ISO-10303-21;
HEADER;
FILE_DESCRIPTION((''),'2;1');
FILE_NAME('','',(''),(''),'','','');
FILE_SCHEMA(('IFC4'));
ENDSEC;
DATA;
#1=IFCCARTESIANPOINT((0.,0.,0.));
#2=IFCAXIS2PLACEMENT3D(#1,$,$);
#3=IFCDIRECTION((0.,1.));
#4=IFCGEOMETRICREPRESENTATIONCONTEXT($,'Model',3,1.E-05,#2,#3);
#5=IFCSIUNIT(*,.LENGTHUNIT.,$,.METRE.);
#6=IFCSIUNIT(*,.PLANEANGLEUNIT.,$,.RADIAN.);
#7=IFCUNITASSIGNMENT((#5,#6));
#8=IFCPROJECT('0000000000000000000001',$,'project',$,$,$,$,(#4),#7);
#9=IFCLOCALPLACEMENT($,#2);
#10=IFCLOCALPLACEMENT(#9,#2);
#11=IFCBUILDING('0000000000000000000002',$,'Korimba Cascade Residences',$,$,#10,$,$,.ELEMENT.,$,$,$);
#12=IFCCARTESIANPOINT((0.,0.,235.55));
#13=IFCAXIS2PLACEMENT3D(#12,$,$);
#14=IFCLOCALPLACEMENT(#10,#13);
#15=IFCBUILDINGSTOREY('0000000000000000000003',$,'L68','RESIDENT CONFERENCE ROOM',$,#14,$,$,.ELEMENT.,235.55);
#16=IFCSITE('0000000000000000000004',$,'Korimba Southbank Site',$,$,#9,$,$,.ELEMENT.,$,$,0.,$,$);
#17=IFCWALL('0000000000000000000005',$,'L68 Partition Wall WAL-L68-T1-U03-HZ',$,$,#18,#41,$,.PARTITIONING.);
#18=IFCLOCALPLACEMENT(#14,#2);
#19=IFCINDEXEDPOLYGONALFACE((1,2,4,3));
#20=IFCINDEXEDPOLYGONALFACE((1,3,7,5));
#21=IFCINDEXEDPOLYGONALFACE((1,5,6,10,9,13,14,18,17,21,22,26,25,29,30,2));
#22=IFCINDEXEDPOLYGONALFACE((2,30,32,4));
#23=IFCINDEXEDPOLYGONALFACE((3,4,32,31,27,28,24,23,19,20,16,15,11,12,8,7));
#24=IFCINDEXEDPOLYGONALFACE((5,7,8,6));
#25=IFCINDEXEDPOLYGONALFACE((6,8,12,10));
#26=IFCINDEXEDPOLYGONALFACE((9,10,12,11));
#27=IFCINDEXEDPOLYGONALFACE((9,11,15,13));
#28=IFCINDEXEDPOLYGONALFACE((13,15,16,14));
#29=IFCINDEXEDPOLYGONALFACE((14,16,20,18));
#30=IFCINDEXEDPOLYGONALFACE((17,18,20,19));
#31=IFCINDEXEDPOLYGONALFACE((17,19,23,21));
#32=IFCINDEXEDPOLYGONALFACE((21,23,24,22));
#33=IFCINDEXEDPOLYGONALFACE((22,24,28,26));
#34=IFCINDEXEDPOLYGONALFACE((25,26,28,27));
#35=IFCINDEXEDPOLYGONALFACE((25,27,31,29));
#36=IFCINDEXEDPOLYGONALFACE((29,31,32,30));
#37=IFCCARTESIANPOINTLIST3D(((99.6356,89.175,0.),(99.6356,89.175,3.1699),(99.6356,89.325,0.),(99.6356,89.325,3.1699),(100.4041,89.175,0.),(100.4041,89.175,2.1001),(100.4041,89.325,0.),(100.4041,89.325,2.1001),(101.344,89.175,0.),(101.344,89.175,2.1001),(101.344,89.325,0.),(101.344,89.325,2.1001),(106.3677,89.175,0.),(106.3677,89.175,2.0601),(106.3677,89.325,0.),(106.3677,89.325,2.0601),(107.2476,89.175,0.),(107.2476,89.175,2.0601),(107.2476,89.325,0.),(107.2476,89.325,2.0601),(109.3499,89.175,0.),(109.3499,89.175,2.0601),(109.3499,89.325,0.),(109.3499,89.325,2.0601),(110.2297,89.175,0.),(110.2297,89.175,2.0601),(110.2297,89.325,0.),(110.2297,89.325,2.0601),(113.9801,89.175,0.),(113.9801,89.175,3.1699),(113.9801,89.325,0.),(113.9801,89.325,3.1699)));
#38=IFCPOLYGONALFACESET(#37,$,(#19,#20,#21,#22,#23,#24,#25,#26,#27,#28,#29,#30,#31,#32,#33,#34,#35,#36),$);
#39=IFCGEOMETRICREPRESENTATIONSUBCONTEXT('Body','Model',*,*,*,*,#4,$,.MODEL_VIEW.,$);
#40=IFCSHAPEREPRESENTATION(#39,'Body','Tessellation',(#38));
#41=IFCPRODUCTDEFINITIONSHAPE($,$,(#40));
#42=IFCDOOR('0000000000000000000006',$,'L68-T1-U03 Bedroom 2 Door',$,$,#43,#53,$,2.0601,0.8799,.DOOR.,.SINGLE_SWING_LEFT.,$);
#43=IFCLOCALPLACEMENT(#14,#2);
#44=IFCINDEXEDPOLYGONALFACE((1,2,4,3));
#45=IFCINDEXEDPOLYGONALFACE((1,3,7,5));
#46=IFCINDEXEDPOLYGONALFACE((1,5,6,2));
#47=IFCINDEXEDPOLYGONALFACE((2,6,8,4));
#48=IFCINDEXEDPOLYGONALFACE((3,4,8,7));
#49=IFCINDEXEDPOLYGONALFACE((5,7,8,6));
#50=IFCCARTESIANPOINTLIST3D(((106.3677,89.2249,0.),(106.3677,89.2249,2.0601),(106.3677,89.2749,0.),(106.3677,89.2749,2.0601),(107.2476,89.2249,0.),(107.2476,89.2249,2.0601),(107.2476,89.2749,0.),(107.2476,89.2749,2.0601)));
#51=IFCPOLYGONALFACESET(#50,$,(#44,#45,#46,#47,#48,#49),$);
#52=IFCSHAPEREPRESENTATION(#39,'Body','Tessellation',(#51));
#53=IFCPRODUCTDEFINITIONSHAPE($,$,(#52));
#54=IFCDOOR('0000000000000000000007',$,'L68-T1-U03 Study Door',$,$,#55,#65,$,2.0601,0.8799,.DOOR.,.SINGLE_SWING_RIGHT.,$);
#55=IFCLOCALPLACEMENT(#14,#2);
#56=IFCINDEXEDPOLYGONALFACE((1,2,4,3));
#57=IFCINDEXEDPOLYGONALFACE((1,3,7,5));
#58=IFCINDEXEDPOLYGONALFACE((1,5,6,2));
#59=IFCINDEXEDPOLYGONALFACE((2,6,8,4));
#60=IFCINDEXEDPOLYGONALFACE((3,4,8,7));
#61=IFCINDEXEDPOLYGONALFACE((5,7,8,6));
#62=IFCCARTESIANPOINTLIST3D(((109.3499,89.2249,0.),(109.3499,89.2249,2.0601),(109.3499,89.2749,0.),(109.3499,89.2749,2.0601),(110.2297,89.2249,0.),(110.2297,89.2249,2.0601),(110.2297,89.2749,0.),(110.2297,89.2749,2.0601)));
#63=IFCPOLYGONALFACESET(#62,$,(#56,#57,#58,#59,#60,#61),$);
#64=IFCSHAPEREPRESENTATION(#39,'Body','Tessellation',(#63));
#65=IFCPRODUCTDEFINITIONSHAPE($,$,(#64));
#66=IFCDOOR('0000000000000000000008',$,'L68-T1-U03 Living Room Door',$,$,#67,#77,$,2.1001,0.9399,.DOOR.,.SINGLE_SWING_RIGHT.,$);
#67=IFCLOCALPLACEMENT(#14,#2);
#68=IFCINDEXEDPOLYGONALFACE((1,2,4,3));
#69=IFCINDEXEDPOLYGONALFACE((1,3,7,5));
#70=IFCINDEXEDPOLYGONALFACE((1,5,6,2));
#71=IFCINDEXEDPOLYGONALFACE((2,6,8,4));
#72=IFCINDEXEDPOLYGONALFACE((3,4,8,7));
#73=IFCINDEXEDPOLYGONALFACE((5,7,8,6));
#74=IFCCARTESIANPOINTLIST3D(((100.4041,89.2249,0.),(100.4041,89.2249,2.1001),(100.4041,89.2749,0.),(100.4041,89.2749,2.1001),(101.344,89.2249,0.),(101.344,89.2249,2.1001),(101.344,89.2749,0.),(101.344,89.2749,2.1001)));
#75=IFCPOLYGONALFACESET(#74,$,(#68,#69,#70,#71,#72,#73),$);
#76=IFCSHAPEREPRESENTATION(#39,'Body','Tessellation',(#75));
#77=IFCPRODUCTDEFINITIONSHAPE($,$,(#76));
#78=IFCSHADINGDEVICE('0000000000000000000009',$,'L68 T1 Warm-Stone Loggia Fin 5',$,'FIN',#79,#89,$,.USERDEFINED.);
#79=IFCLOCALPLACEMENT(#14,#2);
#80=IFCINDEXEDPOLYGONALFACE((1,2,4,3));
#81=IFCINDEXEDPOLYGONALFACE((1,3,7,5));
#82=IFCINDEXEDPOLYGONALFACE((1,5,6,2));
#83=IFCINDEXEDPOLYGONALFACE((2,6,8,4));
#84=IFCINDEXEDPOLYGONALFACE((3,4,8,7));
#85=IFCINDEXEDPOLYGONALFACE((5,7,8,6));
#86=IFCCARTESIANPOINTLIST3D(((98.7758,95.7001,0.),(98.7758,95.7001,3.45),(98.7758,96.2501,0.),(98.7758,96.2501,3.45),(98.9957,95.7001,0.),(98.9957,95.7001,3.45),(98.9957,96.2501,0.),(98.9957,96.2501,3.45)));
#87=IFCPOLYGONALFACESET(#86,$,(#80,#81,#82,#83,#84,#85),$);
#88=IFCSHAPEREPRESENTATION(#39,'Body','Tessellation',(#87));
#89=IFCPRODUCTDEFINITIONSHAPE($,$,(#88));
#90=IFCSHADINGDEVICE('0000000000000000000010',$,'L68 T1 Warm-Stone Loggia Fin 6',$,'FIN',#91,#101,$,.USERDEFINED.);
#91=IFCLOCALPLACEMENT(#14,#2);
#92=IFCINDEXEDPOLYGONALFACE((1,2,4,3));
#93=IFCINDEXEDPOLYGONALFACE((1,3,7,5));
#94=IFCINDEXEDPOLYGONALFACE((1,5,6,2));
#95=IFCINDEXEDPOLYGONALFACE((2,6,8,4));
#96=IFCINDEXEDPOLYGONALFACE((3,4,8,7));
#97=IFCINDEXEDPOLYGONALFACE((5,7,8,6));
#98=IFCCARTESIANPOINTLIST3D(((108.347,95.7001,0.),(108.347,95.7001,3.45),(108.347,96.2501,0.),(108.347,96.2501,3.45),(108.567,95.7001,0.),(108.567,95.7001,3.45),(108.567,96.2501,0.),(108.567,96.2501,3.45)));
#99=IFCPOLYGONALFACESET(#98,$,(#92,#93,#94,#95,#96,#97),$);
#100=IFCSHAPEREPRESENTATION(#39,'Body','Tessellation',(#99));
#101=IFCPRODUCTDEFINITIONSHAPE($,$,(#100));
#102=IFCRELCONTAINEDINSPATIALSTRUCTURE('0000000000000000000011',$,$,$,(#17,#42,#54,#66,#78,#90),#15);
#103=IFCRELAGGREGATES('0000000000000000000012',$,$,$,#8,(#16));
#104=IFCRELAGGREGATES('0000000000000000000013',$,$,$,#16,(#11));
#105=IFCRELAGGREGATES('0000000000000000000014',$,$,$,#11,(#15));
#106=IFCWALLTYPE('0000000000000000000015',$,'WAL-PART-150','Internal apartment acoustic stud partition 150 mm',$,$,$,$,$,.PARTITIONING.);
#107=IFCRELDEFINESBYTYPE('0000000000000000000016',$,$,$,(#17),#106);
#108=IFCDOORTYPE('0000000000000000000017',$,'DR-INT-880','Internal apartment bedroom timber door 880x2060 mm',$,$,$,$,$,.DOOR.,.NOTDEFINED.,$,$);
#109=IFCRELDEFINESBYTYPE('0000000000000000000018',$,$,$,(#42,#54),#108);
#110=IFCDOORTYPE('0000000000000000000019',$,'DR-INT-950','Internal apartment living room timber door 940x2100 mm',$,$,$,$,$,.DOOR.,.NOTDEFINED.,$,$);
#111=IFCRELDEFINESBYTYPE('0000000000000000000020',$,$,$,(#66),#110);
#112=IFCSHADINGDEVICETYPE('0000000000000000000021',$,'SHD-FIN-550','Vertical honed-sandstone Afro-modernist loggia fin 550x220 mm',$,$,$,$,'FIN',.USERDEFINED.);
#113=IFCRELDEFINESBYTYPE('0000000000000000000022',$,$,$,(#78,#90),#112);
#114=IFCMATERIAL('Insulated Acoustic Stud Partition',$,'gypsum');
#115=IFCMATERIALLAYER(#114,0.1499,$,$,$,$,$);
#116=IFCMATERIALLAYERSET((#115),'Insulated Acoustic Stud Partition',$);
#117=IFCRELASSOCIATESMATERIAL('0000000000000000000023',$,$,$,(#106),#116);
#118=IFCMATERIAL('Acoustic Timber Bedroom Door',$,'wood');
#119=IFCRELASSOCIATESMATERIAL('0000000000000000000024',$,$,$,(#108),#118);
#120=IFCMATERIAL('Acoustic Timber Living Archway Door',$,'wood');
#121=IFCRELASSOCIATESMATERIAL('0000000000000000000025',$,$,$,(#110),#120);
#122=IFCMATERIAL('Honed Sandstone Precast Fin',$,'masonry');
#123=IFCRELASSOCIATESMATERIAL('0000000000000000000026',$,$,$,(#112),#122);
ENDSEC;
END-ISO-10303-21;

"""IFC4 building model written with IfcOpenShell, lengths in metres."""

from ifc_helpers import new_model, si_unit, direction, frame, frame_2d, origin, origin_2d, place, context, subcontext, project, spatial, rectangle, extrude, material, layer, layer_set, type_object, element, fill, save


model = new_model("IFC4")

# Units and contexts
model_context = context("Model", 3, precision=1e-05, world=origin(), true_north=direction((0.0, 1.0)))
body_context = subcontext(model_context, "Body", "Model", "MODEL_VIEW")
ifc_project = project(units=[si_unit("LENGTHUNIT", "METRE"), si_unit("PLANEANGLEUNIT", "RADIAN")], contexts=[model_context])

# Site, building, storey
site_placement = place(None, origin())
site = spatial("IfcSite", under=ifc_project, at=site_placement, Name="Korimba Southbank Site", CompositionType="ELEMENT", RefElevation=0.0)
building_placement = place(site_placement, origin())
building = spatial("IfcBuilding", under=site, at=building_placement, Name="Korimba Cascade Residences", CompositionType="ELEMENT")
storey_placement = place(building_placement, frame((0.0, 0.0, 235.55)))
storey = spatial("IfcBuildingStorey", under=building, at=storey_placement, Name="L68", Description="RESIDENT CONFERENCE ROOM", CompositionType="ELEMENT", Elevation=235.55)

# Shared definitions
ifc_material_1 = material(Name="Insulated Acoustic Stud Partition", Category="gypsum")
ifc_layer = layer(ifc_material_1, 0.1499)
ifc_layer_set = layer_set([ifc_layer], Name="Insulated Acoustic Stud Partition")
wall_type = type_object("IfcWallType", Name="WAL-PART-150", Description="Internal apartment acoustic stud partition 150 mm", PredefinedType="PARTITIONING", material=ifc_layer_set)

# Wall, openings, doors
wall_1_placement = place(storey_placement, frame((99.6355, 89.25, 0.0), z_axis=(0.0, 0.0, 1.0), x_axis=(1.0, 0.0, 0.0)))
wall_1 = element("IfcWall", 1, at=wall_1_placement, inside=storey, type_object=wall_type, Name="L68 Partition Wall WAL-L68-T1-U03-HZ", PredefinedType="PARTITIONING", context=body_context, shape_type="SweptSolid", body=[
    extrude(rectangle(XDim=14.3445, YDim=0.1499, at=frame_2d((7.1724, 0.0))), origin(), (0.0, 0.0, 1.0), 3.1699),
])
opening_1_placement = place(wall_1_placement, frame((0.7686, 0.0, 0.0)))
opening_1 = element("IfcOpeningElement", 2, at=opening_1_placement, cuts=wall_1, PredefinedType="OPENING", context=body_context, shape_type="SweptSolid", body=[
    extrude(rectangle(XDim=0.9399, YDim=2.1001, at=frame_2d((0.47, 1.05))), frame((0.0, 0.085, 0.0), z_axis=(0.0, -1.0, 0.0), x_axis=(1.0, 0.0, 0.0)), (0.0, 0.0, 1.0), 0.1699),
])
opening_2_placement = place(wall_1_placement, frame((6.7322, 0.0, 0.0)))
opening_2 = element("IfcOpeningElement", 3, at=opening_2_placement, cuts=wall_1, PredefinedType="OPENING", context=body_context, shape_type="SweptSolid", body=[
    extrude(rectangle(XDim=0.8799, YDim=2.0601, at=frame_2d((0.4399, 1.03))), frame((0.0, 0.085, 0.0), z_axis=(0.0, -1.0, 0.0), x_axis=(1.0, 0.0, 0.0)), (0.0, 0.0, 1.0), 0.1699),
])
opening_3_placement = place(wall_1_placement, frame((9.7144, 0.0, 0.0)))
opening_3 = element("IfcOpeningElement", 4, at=opening_3_placement, cuts=wall_1, PredefinedType="OPENING", context=body_context, shape_type="SweptSolid", body=[
    extrude(rectangle(XDim=0.8799, YDim=2.0601, at=frame_2d((0.4399, 1.03))), frame((0.0, 0.085, 0.0), z_axis=(0.0, -1.0, 0.0), x_axis=(1.0, 0.0, 0.0)), (0.0, 0.0, 1.0), 0.1699),
])
ifc_material_2 = material(Name="Acoustic Timber Bedroom Door", Category="wood")
door_type_1 = type_object("IfcDoorType", Name="DR-INT-880", Description="Internal apartment bedroom timber door 880x2060 mm", OperationType="NOTDEFINED", PredefinedType="DOOR", material=ifc_material_2)
door_1_placement = place(opening_2_placement, origin())
door_1 = element("IfcDoor", 5, at=door_1_placement, inside=storey, type_object=door_type_1, Name="L68-T1-U03 Bedroom 2 Door", OperationType="SINGLE_SWING_LEFT", OverallHeight=2.0601, OverallWidth=0.8799, PredefinedType="DOOR", context=body_context, shape_type="SweptSolid", body=[
    extrude(rectangle(XDim=0.8799, YDim=2.0601, at=frame_2d((0.4399, 1.03))), frame((0.0, 0.0249, 0.0), z_axis=(0.0, -1.0, 0.0), x_axis=(1.0, 0.0, 0.0)), (0.0, 0.0, 1.0), 0.05),
])
fill(opening_2, door_1)
door_2_placement = place(opening_3_placement, origin())
door_2 = element("IfcDoor", 6, at=door_2_placement, inside=storey, type_object=door_type_1, Name="L68-T1-U03 Study Door", OperationType="SINGLE_SWING_RIGHT", OverallHeight=2.0601, OverallWidth=0.8799, PredefinedType="DOOR", context=body_context, shape_type="SweptSolid", body=[
    extrude(rectangle(XDim=0.8799, YDim=2.0601, at=frame_2d((0.4399, 1.03))), frame((0.0, 0.0249, 0.0), z_axis=(0.0, -1.0, 0.0), x_axis=(1.0, 0.0, 0.0)), (0.0, 0.0, 1.0), 0.05),
])
fill(opening_3, door_2)
ifc_material_3 = material(Name="Acoustic Timber Living Archway Door", Category="wood")
door_type_2 = type_object("IfcDoorType", Name="DR-INT-950", Description="Internal apartment living room timber door 940x2100 mm", OperationType="NOTDEFINED", PredefinedType="DOOR", material=ifc_material_3)
door_3_placement = place(opening_1_placement, origin())
door_3 = element("IfcDoor", 7, at=door_3_placement, inside=storey, type_object=door_type_2, Name="L68-T1-U03 Living Room Door", OperationType="SINGLE_SWING_RIGHT", OverallHeight=2.1001, OverallWidth=0.9399, PredefinedType="DOOR", context=body_context, shape_type="SweptSolid", body=[
    extrude(rectangle(XDim=0.9399, YDim=2.1001, at=frame_2d((0.47, 1.05))), frame((0.0, 0.0249, 0.0), z_axis=(0.0, -1.0, 0.0), x_axis=(1.0, 0.0, 0.0)), (0.0, 0.0, 1.0), 0.05),
])
fill(opening_1, door_3)

# Shading devices
ifc_material_4 = material(Name="Honed Sandstone Precast Fin", Category="masonry")
shading_device_type = type_object("IfcShadingDeviceType", Name="SHD-FIN-550", Description="Vertical honed-sandstone Afro-modernist loggia fin 550x220 mm", ElementType="FIN", PredefinedType="USERDEFINED", material=ifc_material_4)
for number, where, z_axis, x_axis, name in (
    (8, (98.8857, 95.9751, 0.0), (0.0, 0.0, 1.0), (1.0, 0.0, 0.0), "L68 T1 Warm-Stone Loggia Fin 5"),
    (9, (108.457, 95.9751, 0.0), (0.0, 0.0, 1.0), (1.0, 0.0, 0.0), "L68 T1 Warm-Stone Loggia Fin 6"),
):
    element("IfcShadingDevice", number, at=place(storey_placement, frame(where, z_axis=z_axis, x_axis=x_axis)), inside=storey, type_object=shading_device_type, Name=name, ObjectType="FIN", PredefinedType="USERDEFINED", context=body_context, shape_type="SweptSolid", body=[
        extrude(rectangle(XDim=0.22, YDim=0.55, at=origin_2d()), origin(), (0.0, 0.0, 1.0), 3.45),
    ])

save(model, "model.ifc")
